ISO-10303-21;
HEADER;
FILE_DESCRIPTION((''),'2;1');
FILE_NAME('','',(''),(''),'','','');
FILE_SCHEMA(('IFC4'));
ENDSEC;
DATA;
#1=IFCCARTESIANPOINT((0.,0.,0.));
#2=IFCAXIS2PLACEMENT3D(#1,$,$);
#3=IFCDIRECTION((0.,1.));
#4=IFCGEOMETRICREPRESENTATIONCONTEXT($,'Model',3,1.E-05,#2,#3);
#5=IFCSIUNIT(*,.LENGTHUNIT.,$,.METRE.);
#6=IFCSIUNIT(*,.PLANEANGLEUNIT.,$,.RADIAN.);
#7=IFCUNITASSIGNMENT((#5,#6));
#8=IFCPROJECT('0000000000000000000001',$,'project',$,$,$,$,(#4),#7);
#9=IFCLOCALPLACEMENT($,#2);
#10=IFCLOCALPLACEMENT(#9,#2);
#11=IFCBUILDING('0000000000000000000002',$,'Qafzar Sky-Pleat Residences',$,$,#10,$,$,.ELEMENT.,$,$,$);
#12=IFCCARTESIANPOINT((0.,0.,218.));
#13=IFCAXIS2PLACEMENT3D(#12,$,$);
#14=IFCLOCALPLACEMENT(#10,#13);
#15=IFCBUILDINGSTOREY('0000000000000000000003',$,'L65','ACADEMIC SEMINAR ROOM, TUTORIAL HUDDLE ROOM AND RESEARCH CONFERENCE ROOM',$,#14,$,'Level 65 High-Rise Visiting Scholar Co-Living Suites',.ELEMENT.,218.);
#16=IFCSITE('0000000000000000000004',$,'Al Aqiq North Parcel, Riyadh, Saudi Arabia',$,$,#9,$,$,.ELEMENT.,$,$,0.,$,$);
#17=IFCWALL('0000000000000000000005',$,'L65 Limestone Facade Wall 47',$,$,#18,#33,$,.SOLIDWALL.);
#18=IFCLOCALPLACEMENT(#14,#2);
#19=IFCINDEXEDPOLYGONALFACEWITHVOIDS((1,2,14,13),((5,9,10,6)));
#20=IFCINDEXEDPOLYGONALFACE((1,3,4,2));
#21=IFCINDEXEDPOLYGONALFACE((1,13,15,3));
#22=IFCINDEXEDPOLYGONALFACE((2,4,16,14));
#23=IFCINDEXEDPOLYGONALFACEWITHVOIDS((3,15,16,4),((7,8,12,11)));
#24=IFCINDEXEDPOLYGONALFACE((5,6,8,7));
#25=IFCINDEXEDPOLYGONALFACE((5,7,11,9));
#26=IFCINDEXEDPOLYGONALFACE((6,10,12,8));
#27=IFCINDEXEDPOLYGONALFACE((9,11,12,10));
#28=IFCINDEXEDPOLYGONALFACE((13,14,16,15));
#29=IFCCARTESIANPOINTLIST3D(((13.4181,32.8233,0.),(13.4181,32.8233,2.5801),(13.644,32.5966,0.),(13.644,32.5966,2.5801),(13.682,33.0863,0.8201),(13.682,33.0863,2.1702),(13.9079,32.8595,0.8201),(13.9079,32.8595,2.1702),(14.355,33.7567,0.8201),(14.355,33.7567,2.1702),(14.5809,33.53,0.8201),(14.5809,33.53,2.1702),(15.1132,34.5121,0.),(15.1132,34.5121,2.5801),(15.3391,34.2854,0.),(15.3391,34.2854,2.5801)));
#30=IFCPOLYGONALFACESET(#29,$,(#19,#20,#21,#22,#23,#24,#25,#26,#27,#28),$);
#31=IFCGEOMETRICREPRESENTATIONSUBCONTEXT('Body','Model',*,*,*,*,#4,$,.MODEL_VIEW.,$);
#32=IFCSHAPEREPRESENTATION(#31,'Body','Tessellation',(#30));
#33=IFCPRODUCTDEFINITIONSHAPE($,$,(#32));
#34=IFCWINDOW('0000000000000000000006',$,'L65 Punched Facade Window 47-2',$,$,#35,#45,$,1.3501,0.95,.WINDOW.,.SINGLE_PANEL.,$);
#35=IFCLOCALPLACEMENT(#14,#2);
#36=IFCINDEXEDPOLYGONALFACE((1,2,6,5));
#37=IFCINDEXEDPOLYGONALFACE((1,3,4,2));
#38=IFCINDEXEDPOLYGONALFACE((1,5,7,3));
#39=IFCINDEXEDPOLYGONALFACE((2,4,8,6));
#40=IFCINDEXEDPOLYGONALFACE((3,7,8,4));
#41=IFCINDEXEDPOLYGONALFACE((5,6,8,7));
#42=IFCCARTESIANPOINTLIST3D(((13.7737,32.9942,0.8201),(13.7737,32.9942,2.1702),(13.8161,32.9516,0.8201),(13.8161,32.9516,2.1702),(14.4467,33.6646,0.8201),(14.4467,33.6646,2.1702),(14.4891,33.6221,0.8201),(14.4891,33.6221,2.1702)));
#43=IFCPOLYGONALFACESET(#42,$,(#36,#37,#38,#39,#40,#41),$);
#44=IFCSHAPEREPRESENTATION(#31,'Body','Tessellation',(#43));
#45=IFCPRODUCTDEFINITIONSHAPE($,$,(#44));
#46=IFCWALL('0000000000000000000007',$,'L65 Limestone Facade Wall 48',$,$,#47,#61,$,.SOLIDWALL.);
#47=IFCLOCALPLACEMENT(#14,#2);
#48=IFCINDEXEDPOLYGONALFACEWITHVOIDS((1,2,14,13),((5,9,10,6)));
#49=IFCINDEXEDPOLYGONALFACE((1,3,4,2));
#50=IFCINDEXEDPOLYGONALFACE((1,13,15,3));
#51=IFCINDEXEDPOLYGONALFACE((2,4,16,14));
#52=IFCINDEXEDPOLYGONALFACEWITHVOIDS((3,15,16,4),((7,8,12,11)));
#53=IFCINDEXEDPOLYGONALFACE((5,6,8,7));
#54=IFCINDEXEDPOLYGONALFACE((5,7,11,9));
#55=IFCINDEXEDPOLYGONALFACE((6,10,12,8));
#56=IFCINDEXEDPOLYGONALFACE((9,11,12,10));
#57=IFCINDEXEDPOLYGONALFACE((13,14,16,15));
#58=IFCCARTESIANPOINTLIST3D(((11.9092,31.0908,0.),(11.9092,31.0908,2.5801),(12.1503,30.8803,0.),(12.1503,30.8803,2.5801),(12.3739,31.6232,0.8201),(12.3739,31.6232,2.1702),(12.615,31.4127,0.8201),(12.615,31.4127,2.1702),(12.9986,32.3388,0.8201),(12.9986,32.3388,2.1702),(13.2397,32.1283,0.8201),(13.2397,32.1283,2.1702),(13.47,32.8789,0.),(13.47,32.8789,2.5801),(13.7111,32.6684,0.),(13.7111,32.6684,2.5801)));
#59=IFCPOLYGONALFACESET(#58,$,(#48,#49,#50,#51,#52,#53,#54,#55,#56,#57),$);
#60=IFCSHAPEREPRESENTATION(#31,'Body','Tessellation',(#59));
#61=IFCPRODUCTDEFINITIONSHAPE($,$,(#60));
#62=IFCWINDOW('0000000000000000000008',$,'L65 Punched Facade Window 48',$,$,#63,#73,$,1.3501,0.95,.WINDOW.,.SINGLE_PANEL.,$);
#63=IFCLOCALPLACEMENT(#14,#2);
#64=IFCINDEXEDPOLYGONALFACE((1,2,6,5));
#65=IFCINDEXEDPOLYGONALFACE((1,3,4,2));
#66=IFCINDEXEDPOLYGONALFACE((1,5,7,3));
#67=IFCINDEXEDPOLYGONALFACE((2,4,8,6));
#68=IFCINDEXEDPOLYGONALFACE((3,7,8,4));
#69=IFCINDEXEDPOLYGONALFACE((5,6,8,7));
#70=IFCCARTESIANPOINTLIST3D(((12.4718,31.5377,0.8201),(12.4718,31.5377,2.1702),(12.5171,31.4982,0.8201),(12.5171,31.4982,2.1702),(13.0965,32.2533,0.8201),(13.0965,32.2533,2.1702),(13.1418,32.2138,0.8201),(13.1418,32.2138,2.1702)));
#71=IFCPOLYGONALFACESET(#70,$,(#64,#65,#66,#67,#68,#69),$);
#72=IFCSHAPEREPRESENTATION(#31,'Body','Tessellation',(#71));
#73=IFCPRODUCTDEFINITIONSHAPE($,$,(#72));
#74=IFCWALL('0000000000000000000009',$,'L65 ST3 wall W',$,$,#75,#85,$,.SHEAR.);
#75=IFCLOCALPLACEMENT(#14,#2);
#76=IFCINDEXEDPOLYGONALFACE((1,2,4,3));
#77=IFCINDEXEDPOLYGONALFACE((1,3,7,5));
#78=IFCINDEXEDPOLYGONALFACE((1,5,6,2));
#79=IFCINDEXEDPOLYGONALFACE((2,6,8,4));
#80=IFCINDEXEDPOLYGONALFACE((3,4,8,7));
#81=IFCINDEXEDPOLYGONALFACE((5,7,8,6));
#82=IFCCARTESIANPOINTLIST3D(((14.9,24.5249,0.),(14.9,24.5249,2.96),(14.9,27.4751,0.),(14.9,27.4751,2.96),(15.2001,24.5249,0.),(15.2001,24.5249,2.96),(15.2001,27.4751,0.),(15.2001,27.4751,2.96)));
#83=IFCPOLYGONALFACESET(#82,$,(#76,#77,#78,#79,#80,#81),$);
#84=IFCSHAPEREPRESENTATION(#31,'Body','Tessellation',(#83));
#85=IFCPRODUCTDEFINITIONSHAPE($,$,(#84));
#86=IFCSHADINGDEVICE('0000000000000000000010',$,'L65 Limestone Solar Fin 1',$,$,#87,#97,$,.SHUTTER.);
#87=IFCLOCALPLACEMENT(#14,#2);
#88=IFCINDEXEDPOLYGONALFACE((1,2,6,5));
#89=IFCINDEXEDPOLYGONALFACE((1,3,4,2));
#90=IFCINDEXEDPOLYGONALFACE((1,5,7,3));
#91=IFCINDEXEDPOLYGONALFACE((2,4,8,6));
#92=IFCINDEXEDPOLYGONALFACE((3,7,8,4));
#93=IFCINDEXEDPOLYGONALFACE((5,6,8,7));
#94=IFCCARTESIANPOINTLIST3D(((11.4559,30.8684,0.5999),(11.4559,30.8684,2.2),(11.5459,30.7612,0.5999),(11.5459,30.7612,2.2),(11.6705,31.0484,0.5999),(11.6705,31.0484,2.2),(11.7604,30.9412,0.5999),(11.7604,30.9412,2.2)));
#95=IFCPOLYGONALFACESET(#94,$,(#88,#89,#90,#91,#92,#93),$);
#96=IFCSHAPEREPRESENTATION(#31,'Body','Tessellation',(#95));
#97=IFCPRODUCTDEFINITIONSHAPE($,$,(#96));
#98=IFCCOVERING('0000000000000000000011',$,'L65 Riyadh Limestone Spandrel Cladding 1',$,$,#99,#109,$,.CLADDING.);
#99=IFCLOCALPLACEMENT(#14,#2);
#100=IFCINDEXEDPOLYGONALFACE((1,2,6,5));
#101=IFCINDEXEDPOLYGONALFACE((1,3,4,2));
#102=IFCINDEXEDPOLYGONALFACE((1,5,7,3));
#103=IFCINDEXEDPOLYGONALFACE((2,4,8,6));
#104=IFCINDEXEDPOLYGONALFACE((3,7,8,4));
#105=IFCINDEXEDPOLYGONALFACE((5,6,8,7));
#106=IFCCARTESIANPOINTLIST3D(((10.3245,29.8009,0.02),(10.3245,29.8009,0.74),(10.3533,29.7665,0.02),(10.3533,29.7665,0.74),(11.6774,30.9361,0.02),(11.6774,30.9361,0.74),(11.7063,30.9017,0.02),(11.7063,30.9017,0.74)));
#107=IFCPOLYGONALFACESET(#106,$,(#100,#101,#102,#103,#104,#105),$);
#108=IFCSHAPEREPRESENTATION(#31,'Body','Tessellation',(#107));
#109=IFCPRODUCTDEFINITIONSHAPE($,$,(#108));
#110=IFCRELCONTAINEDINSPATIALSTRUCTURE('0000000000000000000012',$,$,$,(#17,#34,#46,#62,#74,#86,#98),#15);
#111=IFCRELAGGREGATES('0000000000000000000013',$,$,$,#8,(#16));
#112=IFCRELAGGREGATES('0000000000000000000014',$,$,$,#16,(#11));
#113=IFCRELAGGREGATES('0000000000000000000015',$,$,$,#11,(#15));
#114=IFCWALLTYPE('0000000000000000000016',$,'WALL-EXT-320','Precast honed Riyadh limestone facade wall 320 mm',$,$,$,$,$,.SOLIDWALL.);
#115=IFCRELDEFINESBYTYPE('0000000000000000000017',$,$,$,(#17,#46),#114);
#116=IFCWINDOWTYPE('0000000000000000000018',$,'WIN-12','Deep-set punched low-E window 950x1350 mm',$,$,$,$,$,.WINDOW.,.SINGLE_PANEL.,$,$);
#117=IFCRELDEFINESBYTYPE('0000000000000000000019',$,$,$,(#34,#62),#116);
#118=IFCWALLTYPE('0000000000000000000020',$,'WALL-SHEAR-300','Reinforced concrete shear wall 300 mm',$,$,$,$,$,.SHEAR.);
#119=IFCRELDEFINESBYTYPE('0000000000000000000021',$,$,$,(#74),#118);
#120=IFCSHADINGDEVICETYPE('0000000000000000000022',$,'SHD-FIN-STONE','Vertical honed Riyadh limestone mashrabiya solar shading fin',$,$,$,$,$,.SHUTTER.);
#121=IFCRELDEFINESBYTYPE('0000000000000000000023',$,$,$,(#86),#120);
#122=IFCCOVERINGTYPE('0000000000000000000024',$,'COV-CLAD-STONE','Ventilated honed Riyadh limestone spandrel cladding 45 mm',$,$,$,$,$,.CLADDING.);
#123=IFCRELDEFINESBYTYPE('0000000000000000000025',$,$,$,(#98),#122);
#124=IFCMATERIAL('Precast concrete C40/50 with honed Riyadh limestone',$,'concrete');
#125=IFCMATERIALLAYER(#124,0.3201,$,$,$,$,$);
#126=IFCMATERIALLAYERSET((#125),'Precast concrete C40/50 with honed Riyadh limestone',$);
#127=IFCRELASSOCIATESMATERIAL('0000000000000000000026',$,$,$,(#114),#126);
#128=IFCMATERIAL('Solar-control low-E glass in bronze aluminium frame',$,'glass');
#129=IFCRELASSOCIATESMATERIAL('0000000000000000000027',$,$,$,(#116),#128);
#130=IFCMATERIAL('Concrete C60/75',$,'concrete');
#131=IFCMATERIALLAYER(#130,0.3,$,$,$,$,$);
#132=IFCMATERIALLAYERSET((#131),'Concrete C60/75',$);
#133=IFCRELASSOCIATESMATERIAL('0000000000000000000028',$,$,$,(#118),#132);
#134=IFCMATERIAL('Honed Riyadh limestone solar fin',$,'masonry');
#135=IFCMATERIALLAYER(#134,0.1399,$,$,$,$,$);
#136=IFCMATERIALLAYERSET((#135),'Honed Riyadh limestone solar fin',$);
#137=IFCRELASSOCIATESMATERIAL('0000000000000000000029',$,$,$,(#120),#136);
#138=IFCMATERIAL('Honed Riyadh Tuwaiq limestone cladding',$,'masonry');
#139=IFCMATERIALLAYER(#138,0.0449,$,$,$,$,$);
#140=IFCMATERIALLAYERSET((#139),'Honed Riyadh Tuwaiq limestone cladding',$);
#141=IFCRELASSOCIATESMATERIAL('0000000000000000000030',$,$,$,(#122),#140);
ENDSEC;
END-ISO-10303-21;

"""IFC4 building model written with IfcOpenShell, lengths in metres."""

from ifc_helpers import new_model, si_unit, direction, frame, frame_2d, origin, origin_2d, place, context, subcontext, project, spatial, rectangle, extrude, source, transform, mapped, material, layer, layer_set, type_object, element, fill, save


model = new_model("IFC4")

# Units and contexts
model_context = context("Model", 3, precision=1e-05, world=origin(), true_north=direction((0.0, 1.0)))
body_context = subcontext(model_context, "Body", "Model", "MODEL_VIEW")
ifc_project = project(units=[si_unit("LENGTHUNIT", "METRE"), si_unit("PLANEANGLEUNIT", "RADIAN")], contexts=[model_context])

# Site, building, storey
site_placement = place(None, origin())
site = spatial("IfcSite", under=ifc_project, at=site_placement, Name="Al Aqiq North Parcel, Riyadh, Saudi Arabia", CompositionType="ELEMENT", RefElevation=0.0)
building_placement = place(site_placement, origin())
building = spatial("IfcBuilding", under=site, at=building_placement, Name="Qafzar Sky-Pleat Residences", CompositionType="ELEMENT")
storey_placement = place(building_placement, frame((0.0, 0.0, 218.0)))
storey = spatial("IfcBuildingStorey", under=building, at=storey_placement, Name="L65", Description="ACADEMIC SEMINAR ROOM, TUTORIAL HUDDLE ROOM AND RESEARCH CONFERENCE ROOM", LongName="Level 65 High-Rise Visiting Scholar Co-Living Suites", CompositionType="ELEMENT", Elevation=218.0)

# Walls, openings, windows
ifc_material_1 = material(Name="Precast concrete C40/50 with honed Riyadh limestone", Category="concrete")
ifc_layer_1 = layer(ifc_material_1, 0.3201)
ifc_layer_set_1 = layer_set([ifc_layer_1], Name="Precast concrete C40/50 with honed Riyadh limestone")
wall_type_1 = type_object("IfcWallType", Name="WALL-EXT-320", Description="Precast honed Riyadh limestone facade wall 320 mm", PredefinedType="SOLIDWALL", material=ifc_layer_set_1)
ifc_material_2 = material(Name="Solar-control low-E glass in bronze aluminium frame", Category="glass")
wall_1_placement = place(storey_placement, frame((15.2261, 34.3987, 0.0), z_axis=(0.0, 0.0, 1.0), x_axis=(-0.708432, -0.705779, 0.0)))
wall_1 = element("IfcWall", 1, at=wall_1_placement, inside=storey, type_object=wall_type_1, Name="L65 Limestone Facade Wall 47", PredefinedType="SOLIDWALL", context=body_context, shape_type="SweptSolid", body=[
    extrude(rectangle(XDim=2.3928, YDim=0.3201, at=frame_2d((1.1963, 0.0))), origin(), (0.0, 0.0, 1.0), 2.5801),
])
opening_1_placement = place(wall_1_placement, frame((1.0701, 0.0, 0.8201)))
opening_1 = element("IfcOpeningElement", 2, at=opening_1_placement, cuts=wall_1, PredefinedType="OPENING", context=body_context, shape_type="SweptSolid", body=[
    extrude(rectangle(XDim=0.95, YDim=1.3501, at=frame_2d((0.4751, 0.675))), frame((0.0, 0.1699, 0.0), z_axis=(0.0, -1.0, 0.0), x_axis=(1.0, 0.0, 0.0)), (0.0, 0.0, 1.0), 0.3401),
])
window_type_1 = type_object("IfcWindowType", Name="WIN-12", Description="Deep-set punched low-E window 950x1350 mm", PartitioningType="SINGLE_PANEL", PredefinedType="WINDOW", material=ifc_material_2)
shared_shape_1 = source(origin(), body_context, "Body", "SweptSolid", [
    extrude(rectangle(XDim=0.95, YDim=1.3501, at=frame_2d((0.4751, 0.675))), frame((0.0, 0.03, 0.0), z_axis=(0.0, -1.0, 0.0), x_axis=(1.0, 0.0, 0.0)), (0.0, 0.0, 1.0), 0.0601),
])
window_1_placement = place(opening_1_placement, origin())
window_1 = element("IfcWindow", 3, at=window_1_placement, inside=storey, type_object=window_type_1, Name="L65 Punched Facade Window 47-2", OverallHeight=1.3501, OverallWidth=0.95, PartitioningType="SINGLE_PANEL", PredefinedType="WINDOW", context=body_context, shape_type="MappedRepresentation", body=[
    mapped(shared_shape_1, transform((0.0, 0.0, 0.0), x_axis=(1.0, 0.0, 0.0), y_axis=(0.0, 1.0, 0.0), z_axis=(0.0, 0.0, 1.0), scale=1.0)),
])
fill(opening_1, window_1)
wall_2_placement = place(storey_placement, frame((13.5906, 32.7737, 0.0), z_axis=(0.0, 0.0, 1.0), x_axis=(-0.657601, -0.753366, 0.0)))
wall_2 = element("IfcWall", 4, at=wall_2_placement, inside=storey, type_object=wall_type_1, Name="L65 Limestone Facade Wall 48", PredefinedType="SOLIDWALL", context=body_context, shape_type="SweptSolid", body=[
    extrude(rectangle(XDim=2.3735, YDim=0.3201, at=frame_2d((1.1868, 0.0))), origin(), (0.0, 0.0, 1.0), 2.5801),
])
opening_2_placement = place(wall_2_placement, frame((0.7168, 0.0, 0.8201)))
opening_2 = element("IfcOpeningElement", 5, at=opening_2_placement, cuts=wall_2, PredefinedType="OPENING", context=body_context, shape_type="SweptSolid", body=[
    extrude(rectangle(XDim=0.95, YDim=1.3501, at=frame_2d((0.4751, 0.675))), frame((0.0, 0.1699, 0.0), z_axis=(0.0, -1.0, 0.0), x_axis=(1.0, 0.0, 0.0)), (0.0, 0.0, 1.0), 0.3401),
])
window_2_placement = place(opening_2_placement, origin())
window_2 = element("IfcWindow", 6, at=window_2_placement, inside=storey, type_object=window_type_1, Name="L65 Punched Facade Window 48", OverallHeight=1.3501, OverallWidth=0.95, PartitioningType="SINGLE_PANEL", PredefinedType="WINDOW", context=body_context, shape_type="MappedRepresentation", body=[
    mapped(shared_shape_1, transform((0.0, 0.0, 0.0), x_axis=(1.0, 0.0, 0.0), y_axis=(0.0, 1.0, 0.0), z_axis=(0.0, 0.0, 1.0), scale=1.0)),
])
fill(opening_2, window_2)

# Wall
ifc_material_3 = material(Name="Concrete C60/75", Category="concrete")
ifc_layer_2 = layer(ifc_material_3, 0.3)
ifc_layer_set_2 = layer_set([ifc_layer_2], Name="Concrete C60/75")
wall_type_2 = type_object("IfcWallType", Name="WALL-SHEAR-300", Description="Reinforced concrete shear wall 300 mm", PredefinedType="SHEAR", material=ifc_layer_set_2)
wall_3_placement = place(storey_placement, frame((15.05, 27.4751, 0.0), z_axis=(0.0, 0.0, 1.0), x_axis=(0.0, -1.0, 0.0)))
element("IfcWall", 7, at=wall_3_placement, inside=storey, type_object=wall_type_2, Name="L65 ST3 wall W", PredefinedType="SHEAR", context=body_context, shape_type="SweptSolid", body=[
    extrude(rectangle(XDim=2.9502, YDim=0.3, at=frame_2d((1.4751, 0.0))), origin(), (0.0, 0.0, 1.0), 2.96),
])

# Shading device
ifc_material_4 = material(Name="Honed Riyadh limestone solar fin", Category="masonry")
ifc_layer_3 = layer(ifc_material_4, 0.1399)
ifc_layer_set_3 = layer_set([ifc_layer_3], Name="Honed Riyadh limestone solar fin")
shading_device_type = type_object("IfcShadingDeviceType", Name="SHD-FIN-STONE", Description="Vertical honed Riyadh limestone mashrabiya solar shading fin", PredefinedType="SHUTTER", material=ifc_layer_set_3)
shared_shape_2 = source(origin(), body_context, "Body", "SweptSolid", [
    extrude(rectangle(XDim=0.1399, YDim=0.28, at=origin_2d()), origin(), (0.0, 0.0, 1.0), 1.6001),
])
shading_device_placement = place(storey_placement, frame((11.6082, 30.9048, 0.5999), z_axis=(0.0, 0.0, 1.0), x_axis=(-0.642754, 0.766072, 0.0)))
element("IfcShadingDevice", 8, at=shading_device_placement, inside=storey, type_object=shading_device_type, Name="L65 Limestone Solar Fin 1", PredefinedType="SHUTTER", context=body_context, shape_type="MappedRepresentation", body=[
    mapped(shared_shape_2, transform((0.0, 0.0, 0.0), x_axis=(1.0, 0.0, 0.0), y_axis=(0.0, 1.0, 0.0), z_axis=(0.0, 0.0, 1.0), scale=1.0)),
])

# Covering
ifc_material_5 = material(Name="Honed Riyadh Tuwaiq limestone cladding", Category="masonry")
ifc_layer_4 = layer(ifc_material_5, 0.0449)
ifc_layer_set_4 = layer_set([ifc_layer_4], Name="Honed Riyadh Tuwaiq limestone cladding")
covering_type = type_object("IfcCoveringType", Name="COV-CLAD-STONE", Description="Ventilated honed Riyadh limestone spandrel cladding 45 mm", PredefinedType="CLADDING", material=ifc_layer_set_4)
shared_shape_3 = source(origin(), body_context, "Body", "SweptSolid", [
    extrude(rectangle(XDim=1.7661, YDim=0.0449, at=origin_2d()), origin(), (0.0, 0.0, 1.0), 0.72),
])
covering_placement = place(storey_placement, frame((11.0154, 30.3513, 0.02), z_axis=(0.0, 0.0, 1.0), x_axis=(-0.766074, -0.642752, 0.0)))
element("IfcCovering", 9, at=covering_placement, inside=storey, type_object=covering_type, Name="L65 Riyadh Limestone Spandrel Cladding 1", PredefinedType="CLADDING", context=body_context, shape_type="MappedRepresentation", body=[
    mapped(shared_shape_3, transform((0.0, 0.0, 0.0), x_axis=(1.0, 0.0, 0.0), y_axis=(0.0, 1.0, 0.0), z_axis=(0.0, 0.0, 1.0), scale=1.0)),
])

save(model, "model.ifc")
